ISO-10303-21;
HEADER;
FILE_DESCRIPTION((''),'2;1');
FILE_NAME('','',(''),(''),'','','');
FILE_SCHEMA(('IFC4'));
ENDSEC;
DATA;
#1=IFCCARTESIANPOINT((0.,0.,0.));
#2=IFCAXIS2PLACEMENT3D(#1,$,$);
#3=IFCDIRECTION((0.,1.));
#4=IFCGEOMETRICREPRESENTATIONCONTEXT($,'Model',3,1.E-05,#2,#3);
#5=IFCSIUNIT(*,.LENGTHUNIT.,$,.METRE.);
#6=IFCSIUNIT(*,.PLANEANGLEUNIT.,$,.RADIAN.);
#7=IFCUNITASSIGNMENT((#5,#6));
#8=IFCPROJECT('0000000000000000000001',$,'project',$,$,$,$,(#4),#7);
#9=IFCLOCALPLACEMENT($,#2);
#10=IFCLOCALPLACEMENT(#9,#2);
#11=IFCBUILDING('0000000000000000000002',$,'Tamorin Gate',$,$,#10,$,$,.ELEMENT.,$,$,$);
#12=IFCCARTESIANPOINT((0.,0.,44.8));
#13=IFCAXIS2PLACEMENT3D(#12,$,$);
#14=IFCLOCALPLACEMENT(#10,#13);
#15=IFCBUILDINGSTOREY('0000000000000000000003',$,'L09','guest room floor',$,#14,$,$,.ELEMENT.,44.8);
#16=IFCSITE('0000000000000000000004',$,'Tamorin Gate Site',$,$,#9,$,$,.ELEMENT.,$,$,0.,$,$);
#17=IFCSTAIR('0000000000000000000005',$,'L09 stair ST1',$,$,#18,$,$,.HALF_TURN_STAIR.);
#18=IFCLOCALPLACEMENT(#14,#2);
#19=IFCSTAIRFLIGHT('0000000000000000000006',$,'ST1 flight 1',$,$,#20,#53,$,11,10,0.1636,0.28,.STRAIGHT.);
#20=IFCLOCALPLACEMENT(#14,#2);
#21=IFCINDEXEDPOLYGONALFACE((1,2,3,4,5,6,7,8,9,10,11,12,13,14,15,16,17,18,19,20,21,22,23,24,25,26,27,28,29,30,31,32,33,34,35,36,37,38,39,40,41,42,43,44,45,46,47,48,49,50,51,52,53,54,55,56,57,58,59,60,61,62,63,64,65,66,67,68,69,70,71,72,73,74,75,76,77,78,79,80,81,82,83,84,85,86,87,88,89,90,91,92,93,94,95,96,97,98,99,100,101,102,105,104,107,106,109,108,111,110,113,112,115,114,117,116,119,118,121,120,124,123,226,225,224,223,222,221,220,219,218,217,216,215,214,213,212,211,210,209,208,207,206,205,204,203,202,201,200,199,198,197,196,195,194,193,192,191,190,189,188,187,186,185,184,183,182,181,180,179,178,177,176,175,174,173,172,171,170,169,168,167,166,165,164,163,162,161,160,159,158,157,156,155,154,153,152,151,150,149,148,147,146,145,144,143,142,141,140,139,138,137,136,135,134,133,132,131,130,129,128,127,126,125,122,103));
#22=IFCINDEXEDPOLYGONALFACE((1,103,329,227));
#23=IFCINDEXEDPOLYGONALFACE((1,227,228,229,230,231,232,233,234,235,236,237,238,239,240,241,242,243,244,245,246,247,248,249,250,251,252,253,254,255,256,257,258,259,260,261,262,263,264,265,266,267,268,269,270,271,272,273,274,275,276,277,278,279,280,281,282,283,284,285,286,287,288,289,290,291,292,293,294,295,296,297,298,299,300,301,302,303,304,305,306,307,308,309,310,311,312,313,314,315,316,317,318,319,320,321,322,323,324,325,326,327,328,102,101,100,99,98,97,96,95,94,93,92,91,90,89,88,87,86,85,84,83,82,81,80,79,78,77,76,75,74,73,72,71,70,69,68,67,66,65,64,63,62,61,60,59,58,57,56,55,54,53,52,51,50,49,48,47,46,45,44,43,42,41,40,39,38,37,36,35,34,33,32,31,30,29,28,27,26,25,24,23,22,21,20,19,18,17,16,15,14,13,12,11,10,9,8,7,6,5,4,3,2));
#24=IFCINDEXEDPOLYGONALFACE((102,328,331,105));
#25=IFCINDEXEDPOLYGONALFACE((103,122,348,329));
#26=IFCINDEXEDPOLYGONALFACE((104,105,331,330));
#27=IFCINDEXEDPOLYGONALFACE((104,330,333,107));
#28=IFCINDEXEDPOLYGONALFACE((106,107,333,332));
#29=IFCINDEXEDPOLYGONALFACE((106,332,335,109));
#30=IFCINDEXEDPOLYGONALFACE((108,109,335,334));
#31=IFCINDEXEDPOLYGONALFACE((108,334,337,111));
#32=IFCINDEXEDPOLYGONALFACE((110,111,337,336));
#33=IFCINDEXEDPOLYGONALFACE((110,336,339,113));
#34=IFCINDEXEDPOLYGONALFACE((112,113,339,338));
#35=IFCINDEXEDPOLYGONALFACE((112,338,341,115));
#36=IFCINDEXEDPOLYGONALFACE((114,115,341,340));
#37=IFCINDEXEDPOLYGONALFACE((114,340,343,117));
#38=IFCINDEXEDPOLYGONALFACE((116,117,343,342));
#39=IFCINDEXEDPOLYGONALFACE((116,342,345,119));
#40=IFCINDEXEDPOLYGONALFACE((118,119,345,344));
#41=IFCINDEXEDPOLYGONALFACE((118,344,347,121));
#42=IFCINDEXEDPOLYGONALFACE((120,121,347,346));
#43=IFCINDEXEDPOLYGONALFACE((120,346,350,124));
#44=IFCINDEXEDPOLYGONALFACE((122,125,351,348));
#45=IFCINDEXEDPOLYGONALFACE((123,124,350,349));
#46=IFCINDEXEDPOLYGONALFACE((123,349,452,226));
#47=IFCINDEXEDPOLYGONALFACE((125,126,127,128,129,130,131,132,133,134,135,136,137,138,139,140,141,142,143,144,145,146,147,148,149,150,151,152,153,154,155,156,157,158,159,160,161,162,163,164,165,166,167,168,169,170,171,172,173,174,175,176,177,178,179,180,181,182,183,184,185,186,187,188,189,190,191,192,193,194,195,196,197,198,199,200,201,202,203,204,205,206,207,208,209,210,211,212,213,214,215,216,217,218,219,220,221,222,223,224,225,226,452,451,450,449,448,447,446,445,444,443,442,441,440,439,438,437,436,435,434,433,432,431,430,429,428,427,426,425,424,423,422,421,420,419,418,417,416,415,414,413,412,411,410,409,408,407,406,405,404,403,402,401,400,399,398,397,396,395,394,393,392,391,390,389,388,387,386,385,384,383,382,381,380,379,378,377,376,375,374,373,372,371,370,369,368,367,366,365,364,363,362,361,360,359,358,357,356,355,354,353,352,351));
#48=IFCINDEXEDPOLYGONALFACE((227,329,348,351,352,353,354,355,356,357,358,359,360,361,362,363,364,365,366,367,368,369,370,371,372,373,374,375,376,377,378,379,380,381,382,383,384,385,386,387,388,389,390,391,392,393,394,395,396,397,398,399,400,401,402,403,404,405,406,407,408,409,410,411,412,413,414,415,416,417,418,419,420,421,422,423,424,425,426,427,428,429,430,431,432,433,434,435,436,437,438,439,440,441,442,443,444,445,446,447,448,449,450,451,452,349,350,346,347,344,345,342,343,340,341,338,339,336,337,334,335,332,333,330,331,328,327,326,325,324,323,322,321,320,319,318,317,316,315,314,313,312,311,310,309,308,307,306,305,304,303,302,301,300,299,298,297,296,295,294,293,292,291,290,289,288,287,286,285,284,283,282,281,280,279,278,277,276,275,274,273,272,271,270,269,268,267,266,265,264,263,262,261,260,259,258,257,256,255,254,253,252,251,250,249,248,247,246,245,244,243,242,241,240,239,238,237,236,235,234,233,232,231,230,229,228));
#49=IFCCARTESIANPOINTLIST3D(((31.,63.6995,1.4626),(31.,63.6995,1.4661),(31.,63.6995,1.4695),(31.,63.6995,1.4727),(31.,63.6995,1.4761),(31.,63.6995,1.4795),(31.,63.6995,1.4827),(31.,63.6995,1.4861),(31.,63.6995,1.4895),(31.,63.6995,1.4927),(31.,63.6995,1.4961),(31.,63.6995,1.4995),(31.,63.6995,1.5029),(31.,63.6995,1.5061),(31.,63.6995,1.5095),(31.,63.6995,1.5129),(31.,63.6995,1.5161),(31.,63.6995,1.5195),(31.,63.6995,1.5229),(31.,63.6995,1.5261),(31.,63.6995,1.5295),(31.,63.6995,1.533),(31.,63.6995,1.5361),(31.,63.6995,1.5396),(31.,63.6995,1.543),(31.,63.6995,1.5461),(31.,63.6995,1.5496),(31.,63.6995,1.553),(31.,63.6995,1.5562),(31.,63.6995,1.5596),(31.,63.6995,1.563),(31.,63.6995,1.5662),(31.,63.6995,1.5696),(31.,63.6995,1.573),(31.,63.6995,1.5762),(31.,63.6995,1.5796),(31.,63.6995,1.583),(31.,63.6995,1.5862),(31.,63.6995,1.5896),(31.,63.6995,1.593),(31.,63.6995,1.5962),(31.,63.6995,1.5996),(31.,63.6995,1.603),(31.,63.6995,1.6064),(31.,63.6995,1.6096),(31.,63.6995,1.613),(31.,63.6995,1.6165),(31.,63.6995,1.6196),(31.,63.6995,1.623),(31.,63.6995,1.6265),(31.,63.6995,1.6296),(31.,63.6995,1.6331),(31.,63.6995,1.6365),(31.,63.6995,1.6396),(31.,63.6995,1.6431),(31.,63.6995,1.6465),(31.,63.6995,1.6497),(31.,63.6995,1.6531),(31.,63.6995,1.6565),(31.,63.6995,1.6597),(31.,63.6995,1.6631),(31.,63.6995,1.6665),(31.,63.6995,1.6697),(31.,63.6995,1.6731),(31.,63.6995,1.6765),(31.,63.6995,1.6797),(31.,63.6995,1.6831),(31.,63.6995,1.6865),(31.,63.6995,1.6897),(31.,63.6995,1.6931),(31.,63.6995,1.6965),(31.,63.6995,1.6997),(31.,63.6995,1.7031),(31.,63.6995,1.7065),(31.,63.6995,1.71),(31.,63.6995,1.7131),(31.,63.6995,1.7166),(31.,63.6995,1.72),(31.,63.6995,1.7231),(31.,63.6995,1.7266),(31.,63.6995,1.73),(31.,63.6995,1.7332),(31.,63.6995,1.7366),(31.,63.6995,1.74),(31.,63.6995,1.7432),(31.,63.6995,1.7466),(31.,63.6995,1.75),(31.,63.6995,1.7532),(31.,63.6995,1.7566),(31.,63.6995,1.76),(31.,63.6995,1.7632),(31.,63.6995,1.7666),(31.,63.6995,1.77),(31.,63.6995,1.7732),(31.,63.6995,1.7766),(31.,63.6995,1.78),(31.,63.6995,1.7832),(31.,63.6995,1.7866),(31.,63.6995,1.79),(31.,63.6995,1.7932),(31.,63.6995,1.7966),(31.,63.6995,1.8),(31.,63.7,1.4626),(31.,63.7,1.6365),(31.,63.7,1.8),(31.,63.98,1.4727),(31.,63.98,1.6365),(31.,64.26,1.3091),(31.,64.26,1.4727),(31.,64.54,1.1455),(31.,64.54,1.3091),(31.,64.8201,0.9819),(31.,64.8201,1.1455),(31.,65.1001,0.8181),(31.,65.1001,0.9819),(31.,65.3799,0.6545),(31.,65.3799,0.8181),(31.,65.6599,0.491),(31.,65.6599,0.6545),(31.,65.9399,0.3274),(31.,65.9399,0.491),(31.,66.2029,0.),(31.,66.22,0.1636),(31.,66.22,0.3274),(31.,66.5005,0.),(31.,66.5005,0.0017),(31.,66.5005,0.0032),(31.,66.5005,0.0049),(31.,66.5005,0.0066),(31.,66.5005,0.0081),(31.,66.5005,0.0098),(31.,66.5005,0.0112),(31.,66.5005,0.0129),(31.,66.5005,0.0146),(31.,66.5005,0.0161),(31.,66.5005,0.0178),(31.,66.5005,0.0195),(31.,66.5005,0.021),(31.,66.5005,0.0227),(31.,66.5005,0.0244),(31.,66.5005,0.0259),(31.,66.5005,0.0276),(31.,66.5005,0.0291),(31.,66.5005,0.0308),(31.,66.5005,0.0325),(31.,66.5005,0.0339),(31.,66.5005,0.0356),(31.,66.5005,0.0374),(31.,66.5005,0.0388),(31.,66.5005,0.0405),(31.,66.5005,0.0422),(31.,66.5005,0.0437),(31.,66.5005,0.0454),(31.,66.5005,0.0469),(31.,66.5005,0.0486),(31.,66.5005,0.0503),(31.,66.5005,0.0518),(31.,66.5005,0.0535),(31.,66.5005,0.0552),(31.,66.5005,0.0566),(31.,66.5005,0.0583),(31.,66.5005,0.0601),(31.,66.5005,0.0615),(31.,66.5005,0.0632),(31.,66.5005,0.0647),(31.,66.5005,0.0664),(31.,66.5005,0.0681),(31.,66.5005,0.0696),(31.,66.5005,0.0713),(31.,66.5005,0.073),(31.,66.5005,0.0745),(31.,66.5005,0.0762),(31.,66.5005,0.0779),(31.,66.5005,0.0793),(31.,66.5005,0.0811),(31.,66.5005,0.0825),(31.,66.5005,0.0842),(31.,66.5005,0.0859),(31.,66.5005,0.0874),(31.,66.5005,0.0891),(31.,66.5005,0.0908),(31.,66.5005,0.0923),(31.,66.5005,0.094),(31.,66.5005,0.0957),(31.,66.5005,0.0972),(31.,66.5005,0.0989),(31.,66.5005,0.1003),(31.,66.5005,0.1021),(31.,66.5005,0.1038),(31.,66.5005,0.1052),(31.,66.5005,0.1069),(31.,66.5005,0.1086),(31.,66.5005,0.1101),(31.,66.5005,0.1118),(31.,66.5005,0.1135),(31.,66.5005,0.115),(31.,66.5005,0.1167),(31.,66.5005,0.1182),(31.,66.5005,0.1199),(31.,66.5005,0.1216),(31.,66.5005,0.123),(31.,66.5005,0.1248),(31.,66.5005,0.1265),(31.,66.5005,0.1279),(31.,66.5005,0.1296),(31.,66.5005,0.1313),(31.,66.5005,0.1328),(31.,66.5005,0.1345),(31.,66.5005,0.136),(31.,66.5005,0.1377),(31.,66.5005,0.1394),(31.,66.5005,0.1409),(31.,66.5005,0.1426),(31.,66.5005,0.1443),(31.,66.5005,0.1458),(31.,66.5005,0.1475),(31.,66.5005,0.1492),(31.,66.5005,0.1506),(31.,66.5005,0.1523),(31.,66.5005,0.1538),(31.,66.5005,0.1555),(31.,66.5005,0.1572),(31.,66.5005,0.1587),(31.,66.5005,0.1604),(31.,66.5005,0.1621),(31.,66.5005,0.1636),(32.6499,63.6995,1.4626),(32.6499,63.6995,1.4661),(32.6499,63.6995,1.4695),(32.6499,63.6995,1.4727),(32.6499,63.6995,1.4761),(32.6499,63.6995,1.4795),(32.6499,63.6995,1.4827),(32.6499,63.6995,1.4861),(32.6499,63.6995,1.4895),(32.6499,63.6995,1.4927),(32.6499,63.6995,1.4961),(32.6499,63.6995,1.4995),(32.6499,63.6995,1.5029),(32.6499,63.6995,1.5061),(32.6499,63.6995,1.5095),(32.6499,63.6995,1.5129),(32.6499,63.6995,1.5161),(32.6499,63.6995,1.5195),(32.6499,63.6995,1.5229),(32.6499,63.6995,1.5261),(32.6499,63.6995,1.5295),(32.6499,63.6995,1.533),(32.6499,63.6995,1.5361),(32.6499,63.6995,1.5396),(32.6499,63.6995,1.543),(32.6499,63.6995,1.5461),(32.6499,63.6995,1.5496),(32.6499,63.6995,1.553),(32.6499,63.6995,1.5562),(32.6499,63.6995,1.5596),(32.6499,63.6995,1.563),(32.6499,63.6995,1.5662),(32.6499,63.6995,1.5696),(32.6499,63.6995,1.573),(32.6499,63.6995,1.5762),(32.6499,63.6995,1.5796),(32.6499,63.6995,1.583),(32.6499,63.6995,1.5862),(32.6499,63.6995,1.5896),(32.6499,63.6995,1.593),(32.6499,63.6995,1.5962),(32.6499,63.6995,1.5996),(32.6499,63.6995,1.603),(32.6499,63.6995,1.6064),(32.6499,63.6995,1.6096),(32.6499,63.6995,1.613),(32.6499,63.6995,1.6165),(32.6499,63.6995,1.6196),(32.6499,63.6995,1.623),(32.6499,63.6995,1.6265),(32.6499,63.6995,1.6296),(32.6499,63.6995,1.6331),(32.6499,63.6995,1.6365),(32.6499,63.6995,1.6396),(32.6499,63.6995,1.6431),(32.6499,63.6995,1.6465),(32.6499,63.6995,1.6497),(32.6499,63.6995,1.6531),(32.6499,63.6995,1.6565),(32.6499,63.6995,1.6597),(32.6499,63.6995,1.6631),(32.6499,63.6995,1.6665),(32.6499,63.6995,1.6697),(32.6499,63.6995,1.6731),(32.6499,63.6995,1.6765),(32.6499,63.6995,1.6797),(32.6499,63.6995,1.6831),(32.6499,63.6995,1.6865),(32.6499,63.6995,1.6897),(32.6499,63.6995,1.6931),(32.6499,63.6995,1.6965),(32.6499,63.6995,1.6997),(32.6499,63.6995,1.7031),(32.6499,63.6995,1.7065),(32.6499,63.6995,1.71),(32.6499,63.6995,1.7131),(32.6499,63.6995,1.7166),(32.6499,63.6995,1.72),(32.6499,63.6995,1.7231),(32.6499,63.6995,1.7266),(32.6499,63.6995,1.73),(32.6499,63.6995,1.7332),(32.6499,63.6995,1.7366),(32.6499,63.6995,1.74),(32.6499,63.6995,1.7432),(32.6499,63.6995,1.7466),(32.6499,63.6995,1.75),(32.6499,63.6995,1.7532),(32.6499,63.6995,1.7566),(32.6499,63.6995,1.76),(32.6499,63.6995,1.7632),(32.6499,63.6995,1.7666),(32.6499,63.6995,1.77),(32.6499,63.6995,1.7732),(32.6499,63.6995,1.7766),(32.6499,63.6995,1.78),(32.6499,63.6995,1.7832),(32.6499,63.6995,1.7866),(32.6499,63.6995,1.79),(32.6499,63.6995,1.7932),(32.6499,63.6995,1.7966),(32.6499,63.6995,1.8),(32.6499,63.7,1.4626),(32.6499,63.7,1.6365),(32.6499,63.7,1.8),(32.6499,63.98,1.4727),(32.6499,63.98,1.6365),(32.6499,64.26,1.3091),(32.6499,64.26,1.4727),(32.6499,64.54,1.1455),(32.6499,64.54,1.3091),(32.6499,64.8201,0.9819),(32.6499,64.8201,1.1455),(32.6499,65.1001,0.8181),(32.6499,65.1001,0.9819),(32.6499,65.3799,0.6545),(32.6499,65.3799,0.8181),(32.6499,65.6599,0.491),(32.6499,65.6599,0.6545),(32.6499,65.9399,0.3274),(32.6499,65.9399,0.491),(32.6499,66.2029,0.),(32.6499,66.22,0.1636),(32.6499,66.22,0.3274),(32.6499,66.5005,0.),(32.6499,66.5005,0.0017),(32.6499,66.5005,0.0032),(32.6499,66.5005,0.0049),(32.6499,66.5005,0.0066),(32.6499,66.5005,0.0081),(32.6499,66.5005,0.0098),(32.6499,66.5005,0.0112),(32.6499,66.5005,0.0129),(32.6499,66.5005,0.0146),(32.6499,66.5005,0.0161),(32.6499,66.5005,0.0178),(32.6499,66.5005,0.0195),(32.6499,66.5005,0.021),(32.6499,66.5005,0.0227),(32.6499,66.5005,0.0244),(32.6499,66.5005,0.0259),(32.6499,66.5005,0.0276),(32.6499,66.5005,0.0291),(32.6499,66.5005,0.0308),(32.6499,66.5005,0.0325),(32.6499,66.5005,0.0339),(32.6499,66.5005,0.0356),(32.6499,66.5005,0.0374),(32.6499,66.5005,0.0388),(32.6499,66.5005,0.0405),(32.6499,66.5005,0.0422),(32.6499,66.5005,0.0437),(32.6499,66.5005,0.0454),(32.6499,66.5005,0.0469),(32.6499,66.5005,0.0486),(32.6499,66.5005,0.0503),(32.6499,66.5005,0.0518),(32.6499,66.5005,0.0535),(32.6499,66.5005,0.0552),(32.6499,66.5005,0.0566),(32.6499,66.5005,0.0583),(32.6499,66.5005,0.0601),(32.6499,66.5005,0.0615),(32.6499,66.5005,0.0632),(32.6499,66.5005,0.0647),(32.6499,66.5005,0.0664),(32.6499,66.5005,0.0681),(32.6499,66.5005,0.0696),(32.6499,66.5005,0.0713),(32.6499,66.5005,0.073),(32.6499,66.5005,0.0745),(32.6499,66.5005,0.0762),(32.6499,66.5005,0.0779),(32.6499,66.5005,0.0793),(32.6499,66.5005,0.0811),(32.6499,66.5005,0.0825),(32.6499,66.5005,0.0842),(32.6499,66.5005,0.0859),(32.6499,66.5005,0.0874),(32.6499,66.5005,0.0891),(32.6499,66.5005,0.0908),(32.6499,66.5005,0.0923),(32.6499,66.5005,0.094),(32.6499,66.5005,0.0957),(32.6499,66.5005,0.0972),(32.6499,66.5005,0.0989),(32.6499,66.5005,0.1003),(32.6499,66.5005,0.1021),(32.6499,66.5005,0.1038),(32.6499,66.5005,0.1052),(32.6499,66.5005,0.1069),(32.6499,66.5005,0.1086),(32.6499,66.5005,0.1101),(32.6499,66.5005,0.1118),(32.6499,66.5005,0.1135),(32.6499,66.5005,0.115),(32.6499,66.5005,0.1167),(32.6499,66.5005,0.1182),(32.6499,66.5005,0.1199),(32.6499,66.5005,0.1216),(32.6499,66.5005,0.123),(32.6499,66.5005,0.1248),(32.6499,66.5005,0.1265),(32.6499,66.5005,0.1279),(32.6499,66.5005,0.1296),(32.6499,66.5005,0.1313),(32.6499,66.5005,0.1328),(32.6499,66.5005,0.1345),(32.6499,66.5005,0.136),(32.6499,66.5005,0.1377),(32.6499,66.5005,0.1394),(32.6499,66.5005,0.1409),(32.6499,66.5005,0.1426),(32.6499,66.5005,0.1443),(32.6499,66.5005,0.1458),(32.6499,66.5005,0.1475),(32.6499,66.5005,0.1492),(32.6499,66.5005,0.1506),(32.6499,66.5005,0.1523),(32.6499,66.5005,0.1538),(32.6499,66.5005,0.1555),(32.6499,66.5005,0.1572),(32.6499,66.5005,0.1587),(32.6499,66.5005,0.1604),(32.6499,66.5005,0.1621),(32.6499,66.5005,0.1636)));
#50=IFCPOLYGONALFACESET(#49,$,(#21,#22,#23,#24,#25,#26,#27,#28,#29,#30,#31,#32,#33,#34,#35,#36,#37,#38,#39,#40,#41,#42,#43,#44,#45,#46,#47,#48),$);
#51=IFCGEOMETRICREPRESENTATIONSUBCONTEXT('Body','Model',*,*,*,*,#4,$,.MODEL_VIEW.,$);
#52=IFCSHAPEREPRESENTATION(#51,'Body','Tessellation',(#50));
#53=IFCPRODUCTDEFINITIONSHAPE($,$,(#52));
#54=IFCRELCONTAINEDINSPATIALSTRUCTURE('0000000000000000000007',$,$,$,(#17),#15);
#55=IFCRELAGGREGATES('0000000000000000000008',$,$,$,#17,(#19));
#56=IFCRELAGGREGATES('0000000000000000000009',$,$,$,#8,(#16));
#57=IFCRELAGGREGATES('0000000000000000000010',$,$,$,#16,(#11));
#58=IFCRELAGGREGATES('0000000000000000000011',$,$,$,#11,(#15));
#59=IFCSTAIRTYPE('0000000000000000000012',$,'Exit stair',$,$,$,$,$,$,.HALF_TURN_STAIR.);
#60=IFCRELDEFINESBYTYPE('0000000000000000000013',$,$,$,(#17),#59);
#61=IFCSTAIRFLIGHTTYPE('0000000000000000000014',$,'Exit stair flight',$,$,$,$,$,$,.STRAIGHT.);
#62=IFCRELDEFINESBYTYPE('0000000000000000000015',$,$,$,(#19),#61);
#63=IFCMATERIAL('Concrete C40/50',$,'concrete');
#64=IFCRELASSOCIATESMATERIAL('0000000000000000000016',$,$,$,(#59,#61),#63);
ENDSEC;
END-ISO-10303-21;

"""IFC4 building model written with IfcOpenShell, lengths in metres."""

from ifc_helpers import new_model, si_unit, direction, frame, origin, place, context, subcontext, project, spatial, polyline, outline, extrude, material, type_object, element, aggregate, save


model = new_model("IFC4")

# Units and contexts
model_context = context("Model", 3, precision=1e-05, world=origin(), true_north=direction((0.0, 1.0)))
body_context = subcontext(model_context, "Body", "Model", "MODEL_VIEW")
ifc_project = project(units=[si_unit("LENGTHUNIT", "METRE"), si_unit("PLANEANGLEUNIT", "RADIAN")], contexts=[model_context])

# Site, building, storey
site_placement = place(None, origin())
site = spatial("IfcSite", under=ifc_project, at=site_placement, Name="Tamorin Gate Site", CompositionType="ELEMENT", RefElevation=0.0)
building_placement = place(site_placement, origin())
building = spatial("IfcBuilding", under=site, at=building_placement, Name="Tamorin Gate", CompositionType="ELEMENT")
storey_placement = place(building_placement, frame((0.0, 0.0, 44.8)))
storey = spatial("IfcBuildingStorey", under=building, at=storey_placement, Name="L09", Description="guest room floor", CompositionType="ELEMENT", Elevation=44.8)

# Shared definitions
ifc_material_1 = material(Name="Concrete C40/50", Category="concrete")

# Stair, stair flight
stair_type = type_object("IfcStairType", Name="Exit stair", PredefinedType="HALF_TURN_STAIR", material=ifc_material_1)
stair_placement = place(storey_placement, origin())
stair = element("IfcStair", 1, at=stair_placement, inside=storey, type_object=stair_type, Name="L09 stair ST1", PredefinedType="HALF_TURN_STAIR")
stair_flight_type = type_object("IfcStairFlightType", Name="Exit stair flight", PredefinedType="STRAIGHT", material=ifc_material_1)
stair_flight_1_placement = place(storey_placement, frame((31.825, 66.5, 0.0), z_axis=(0.0, 0.0, 1.0), x_axis=(0.0, -1.0, 0.0)))
stair_flight_1 = element("IfcStairFlight", 2, at=stair_flight_1_placement, type_object=stair_flight_type, Name="ST1 flight 1", NumberOfRisers=11, NumberOfTreads=10, PredefinedType="STRAIGHT", RiserHeight=0.1636, TreadLength=0.28, context=body_context, shape_type="SweptSolid", body=[
    extrude(outline(polyline([(-0.0005, 0.0), (-0.0005, 0.0017), (-0.0005, 0.0032), (-0.0005, 0.0049), (-0.0005, 0.0066), (-0.0005, 0.0081), (-0.0005, 0.0098), (-0.0005, 0.0112), (-0.0005, 0.0129), (-0.0005, 0.0146), (-0.0005, 0.0161), (-0.0005, 0.0178), (-0.0005, 0.0195), (-0.0005, 0.021), (-0.0005, 0.0227), (-0.0005, 0.0244), (-0.0005, 0.0259), (-0.0005, 0.0276), (-0.0005, 0.0291), (-0.0005, 0.0308), (-0.0005, 0.0325), (-0.0005, 0.0339), (-0.0005, 0.0356), (-0.0005, 0.0374), (-0.0005, 0.0388), (-0.0005, 0.0405), (-0.0005, 0.0422), (-0.0005, 0.0437), (-0.0005, 0.0454), (-0.0005, 0.0469), (-0.0005, 0.0486), (-0.0005, 0.0503), (-0.0005, 0.0518), (-0.0005, 0.0535), (-0.0005, 0.0552), (-0.0005, 0.0566), (-0.0005, 0.0583), (-0.0005, 0.0601), (-0.0005, 0.0615), (-0.0005, 0.0632), (-0.0005, 0.0647), (-0.0005, 0.0664), (-0.0005, 0.0681), (-0.0005, 0.0696), (-0.0005, 0.0713), (-0.0005, 0.073), (-0.0005, 0.0745), (-0.0005, 0.0762), (-0.0005, 0.0779), (-0.0005, 0.0793), (-0.0005, 0.0811), (-0.0005, 0.0825), (-0.0005, 0.0842), (-0.0005, 0.0859), (-0.0005, 0.0874), (-0.0005, 0.0891), (-0.0005, 0.0908), (-0.0005, 0.0923), (-0.0005, 0.094), (-0.0005, 0.0957), (-0.0005, 0.0972), (-0.0005, 0.0989), (-0.0005, 0.1003), (-0.0005, 0.1021), (-0.0005, 0.1038), (-0.0005, 0.1052), (-0.0005, 0.1069), (-0.0005, 0.1086), (-0.0005, 0.1101), (-0.0005, 0.1118), (-0.0005, 0.1135), (-0.0005, 0.115), (-0.0005, 0.1167), (-0.0005, 0.1182), (-0.0005, 0.1199), (-0.0005, 0.1216), (-0.0005, 0.123), (-0.0005, 0.1248), (-0.0005, 0.1265), (-0.0005, 0.1279), (-0.0005, 0.1296), (-0.0005, 0.1313), (-0.0005, 0.1328), (-0.0005, 0.1345), (-0.0005, 0.136), (-0.0005, 0.1377), (-0.0005, 0.1394), (-0.0005, 0.1409), (-0.0005, 0.1426), (-0.0005, 0.1443), (-0.0005, 0.1458), (-0.0005, 0.1475), (-0.0005, 0.1492), (-0.0005, 0.1506), (-0.0005, 0.1523), (-0.0005, 0.1538), (-0.0005, 0.1555), (-0.0005, 0.1572), (-0.0005, 0.1587), (-0.0005, 0.1604), (-0.0005, 0.1621), (-0.0005, 0.1636), (0.28, 0.1636), (0.28, 0.3274), (0.5601, 0.3274), (0.5601, 0.491), (0.8401, 0.491), (0.8401, 0.6545), (1.1201, 0.6545), (1.1201, 0.8181), (1.3999, 0.8181), (1.3999, 0.9819), (1.6799, 0.9819), (1.6799, 1.1455), (1.96, 1.1455), (1.96, 1.3091), (2.24, 1.3091), (2.24, 1.4727), (2.52, 1.4727), (2.52, 1.6365), (2.8, 1.6365), (2.8, 1.8), (2.8005, 1.8), (2.8005, 1.7966), (2.8005, 1.7932), (2.8005, 1.79), (2.8005, 1.7866), (2.8005, 1.7832), (2.8005, 1.78), (2.8005, 1.7766), (2.8005, 1.7732), (2.8005, 1.77), (2.8005, 1.7666), (2.8005, 1.7632), (2.8005, 1.76), (2.8005, 1.7566), (2.8005, 1.7532), (2.8005, 1.75), (2.8005, 1.7466), (2.8005, 1.7432), (2.8005, 1.74), (2.8005, 1.7366), (2.8005, 1.7332), (2.8005, 1.73), (2.8005, 1.7266), (2.8005, 1.7231), (2.8005, 1.72), (2.8005, 1.7166), (2.8005, 1.7131), (2.8005, 1.71), (2.8005, 1.7065), (2.8005, 1.7031), (2.8005, 1.6997), (2.8005, 1.6965), (2.8005, 1.6931), (2.8005, 1.6897), (2.8005, 1.6865), (2.8005, 1.6831), (2.8005, 1.6797), (2.8005, 1.6765), (2.8005, 1.6731), (2.8005, 1.6697), (2.8005, 1.6665), (2.8005, 1.6631), (2.8005, 1.6597), (2.8005, 1.6565), (2.8005, 1.6531), (2.8005, 1.6497), (2.8005, 1.6465), (2.8005, 1.6431), (2.8005, 1.6396), (2.8005, 1.6365), (2.8005, 1.6331), (2.8005, 1.6296), (2.8005, 1.6265), (2.8005, 1.623), (2.8005, 1.6196), (2.8005, 1.6165), (2.8005, 1.613), (2.8005, 1.6096), (2.8005, 1.6064), (2.8005, 1.603), (2.8005, 1.5996), (2.8005, 1.5962), (2.8005, 1.593), (2.8005, 1.5896), (2.8005, 1.5862), (2.8005, 1.583), (2.8005, 1.5796), (2.8005, 1.5762), (2.8005, 1.573), (2.8005, 1.5696), (2.8005, 1.5662), (2.8005, 1.563), (2.8005, 1.5596), (2.8005, 1.5562), (2.8005, 1.553), (2.8005, 1.5496), (2.8005, 1.5461), (2.8005, 1.543), (2.8005, 1.5396), (2.8005, 1.5361), (2.8005, 1.533), (2.8005, 1.5295), (2.8005, 1.5261), (2.8005, 1.5229), (2.8005, 1.5195), (2.8005, 1.5161), (2.8005, 1.5129), (2.8005, 1.5095), (2.8005, 1.5061), (2.8005, 1.5029), (2.8005, 1.4995), (2.8005, 1.4961), (2.8005, 1.4927), (2.8005, 1.4895), (2.8005, 1.4861), (2.8005, 1.4827), (2.8005, 1.4795), (2.8005, 1.4761), (2.8005, 1.4727), (2.8005, 1.4695), (2.8005, 1.4661), (2.8005, 1.4626), (2.8, 1.4626), (0.2971, 0.0), (-0.0005, 0.0)])), frame((0.0, 0.825, 0.0), z_axis=(0.0, -1.0, 0.0), x_axis=(1.0, 0.0, 0.0)), (0.0, 0.0, 1.0), 1.6499),
])
aggregate(stair, [stair_flight_1])

save(model, "model.ifc")
